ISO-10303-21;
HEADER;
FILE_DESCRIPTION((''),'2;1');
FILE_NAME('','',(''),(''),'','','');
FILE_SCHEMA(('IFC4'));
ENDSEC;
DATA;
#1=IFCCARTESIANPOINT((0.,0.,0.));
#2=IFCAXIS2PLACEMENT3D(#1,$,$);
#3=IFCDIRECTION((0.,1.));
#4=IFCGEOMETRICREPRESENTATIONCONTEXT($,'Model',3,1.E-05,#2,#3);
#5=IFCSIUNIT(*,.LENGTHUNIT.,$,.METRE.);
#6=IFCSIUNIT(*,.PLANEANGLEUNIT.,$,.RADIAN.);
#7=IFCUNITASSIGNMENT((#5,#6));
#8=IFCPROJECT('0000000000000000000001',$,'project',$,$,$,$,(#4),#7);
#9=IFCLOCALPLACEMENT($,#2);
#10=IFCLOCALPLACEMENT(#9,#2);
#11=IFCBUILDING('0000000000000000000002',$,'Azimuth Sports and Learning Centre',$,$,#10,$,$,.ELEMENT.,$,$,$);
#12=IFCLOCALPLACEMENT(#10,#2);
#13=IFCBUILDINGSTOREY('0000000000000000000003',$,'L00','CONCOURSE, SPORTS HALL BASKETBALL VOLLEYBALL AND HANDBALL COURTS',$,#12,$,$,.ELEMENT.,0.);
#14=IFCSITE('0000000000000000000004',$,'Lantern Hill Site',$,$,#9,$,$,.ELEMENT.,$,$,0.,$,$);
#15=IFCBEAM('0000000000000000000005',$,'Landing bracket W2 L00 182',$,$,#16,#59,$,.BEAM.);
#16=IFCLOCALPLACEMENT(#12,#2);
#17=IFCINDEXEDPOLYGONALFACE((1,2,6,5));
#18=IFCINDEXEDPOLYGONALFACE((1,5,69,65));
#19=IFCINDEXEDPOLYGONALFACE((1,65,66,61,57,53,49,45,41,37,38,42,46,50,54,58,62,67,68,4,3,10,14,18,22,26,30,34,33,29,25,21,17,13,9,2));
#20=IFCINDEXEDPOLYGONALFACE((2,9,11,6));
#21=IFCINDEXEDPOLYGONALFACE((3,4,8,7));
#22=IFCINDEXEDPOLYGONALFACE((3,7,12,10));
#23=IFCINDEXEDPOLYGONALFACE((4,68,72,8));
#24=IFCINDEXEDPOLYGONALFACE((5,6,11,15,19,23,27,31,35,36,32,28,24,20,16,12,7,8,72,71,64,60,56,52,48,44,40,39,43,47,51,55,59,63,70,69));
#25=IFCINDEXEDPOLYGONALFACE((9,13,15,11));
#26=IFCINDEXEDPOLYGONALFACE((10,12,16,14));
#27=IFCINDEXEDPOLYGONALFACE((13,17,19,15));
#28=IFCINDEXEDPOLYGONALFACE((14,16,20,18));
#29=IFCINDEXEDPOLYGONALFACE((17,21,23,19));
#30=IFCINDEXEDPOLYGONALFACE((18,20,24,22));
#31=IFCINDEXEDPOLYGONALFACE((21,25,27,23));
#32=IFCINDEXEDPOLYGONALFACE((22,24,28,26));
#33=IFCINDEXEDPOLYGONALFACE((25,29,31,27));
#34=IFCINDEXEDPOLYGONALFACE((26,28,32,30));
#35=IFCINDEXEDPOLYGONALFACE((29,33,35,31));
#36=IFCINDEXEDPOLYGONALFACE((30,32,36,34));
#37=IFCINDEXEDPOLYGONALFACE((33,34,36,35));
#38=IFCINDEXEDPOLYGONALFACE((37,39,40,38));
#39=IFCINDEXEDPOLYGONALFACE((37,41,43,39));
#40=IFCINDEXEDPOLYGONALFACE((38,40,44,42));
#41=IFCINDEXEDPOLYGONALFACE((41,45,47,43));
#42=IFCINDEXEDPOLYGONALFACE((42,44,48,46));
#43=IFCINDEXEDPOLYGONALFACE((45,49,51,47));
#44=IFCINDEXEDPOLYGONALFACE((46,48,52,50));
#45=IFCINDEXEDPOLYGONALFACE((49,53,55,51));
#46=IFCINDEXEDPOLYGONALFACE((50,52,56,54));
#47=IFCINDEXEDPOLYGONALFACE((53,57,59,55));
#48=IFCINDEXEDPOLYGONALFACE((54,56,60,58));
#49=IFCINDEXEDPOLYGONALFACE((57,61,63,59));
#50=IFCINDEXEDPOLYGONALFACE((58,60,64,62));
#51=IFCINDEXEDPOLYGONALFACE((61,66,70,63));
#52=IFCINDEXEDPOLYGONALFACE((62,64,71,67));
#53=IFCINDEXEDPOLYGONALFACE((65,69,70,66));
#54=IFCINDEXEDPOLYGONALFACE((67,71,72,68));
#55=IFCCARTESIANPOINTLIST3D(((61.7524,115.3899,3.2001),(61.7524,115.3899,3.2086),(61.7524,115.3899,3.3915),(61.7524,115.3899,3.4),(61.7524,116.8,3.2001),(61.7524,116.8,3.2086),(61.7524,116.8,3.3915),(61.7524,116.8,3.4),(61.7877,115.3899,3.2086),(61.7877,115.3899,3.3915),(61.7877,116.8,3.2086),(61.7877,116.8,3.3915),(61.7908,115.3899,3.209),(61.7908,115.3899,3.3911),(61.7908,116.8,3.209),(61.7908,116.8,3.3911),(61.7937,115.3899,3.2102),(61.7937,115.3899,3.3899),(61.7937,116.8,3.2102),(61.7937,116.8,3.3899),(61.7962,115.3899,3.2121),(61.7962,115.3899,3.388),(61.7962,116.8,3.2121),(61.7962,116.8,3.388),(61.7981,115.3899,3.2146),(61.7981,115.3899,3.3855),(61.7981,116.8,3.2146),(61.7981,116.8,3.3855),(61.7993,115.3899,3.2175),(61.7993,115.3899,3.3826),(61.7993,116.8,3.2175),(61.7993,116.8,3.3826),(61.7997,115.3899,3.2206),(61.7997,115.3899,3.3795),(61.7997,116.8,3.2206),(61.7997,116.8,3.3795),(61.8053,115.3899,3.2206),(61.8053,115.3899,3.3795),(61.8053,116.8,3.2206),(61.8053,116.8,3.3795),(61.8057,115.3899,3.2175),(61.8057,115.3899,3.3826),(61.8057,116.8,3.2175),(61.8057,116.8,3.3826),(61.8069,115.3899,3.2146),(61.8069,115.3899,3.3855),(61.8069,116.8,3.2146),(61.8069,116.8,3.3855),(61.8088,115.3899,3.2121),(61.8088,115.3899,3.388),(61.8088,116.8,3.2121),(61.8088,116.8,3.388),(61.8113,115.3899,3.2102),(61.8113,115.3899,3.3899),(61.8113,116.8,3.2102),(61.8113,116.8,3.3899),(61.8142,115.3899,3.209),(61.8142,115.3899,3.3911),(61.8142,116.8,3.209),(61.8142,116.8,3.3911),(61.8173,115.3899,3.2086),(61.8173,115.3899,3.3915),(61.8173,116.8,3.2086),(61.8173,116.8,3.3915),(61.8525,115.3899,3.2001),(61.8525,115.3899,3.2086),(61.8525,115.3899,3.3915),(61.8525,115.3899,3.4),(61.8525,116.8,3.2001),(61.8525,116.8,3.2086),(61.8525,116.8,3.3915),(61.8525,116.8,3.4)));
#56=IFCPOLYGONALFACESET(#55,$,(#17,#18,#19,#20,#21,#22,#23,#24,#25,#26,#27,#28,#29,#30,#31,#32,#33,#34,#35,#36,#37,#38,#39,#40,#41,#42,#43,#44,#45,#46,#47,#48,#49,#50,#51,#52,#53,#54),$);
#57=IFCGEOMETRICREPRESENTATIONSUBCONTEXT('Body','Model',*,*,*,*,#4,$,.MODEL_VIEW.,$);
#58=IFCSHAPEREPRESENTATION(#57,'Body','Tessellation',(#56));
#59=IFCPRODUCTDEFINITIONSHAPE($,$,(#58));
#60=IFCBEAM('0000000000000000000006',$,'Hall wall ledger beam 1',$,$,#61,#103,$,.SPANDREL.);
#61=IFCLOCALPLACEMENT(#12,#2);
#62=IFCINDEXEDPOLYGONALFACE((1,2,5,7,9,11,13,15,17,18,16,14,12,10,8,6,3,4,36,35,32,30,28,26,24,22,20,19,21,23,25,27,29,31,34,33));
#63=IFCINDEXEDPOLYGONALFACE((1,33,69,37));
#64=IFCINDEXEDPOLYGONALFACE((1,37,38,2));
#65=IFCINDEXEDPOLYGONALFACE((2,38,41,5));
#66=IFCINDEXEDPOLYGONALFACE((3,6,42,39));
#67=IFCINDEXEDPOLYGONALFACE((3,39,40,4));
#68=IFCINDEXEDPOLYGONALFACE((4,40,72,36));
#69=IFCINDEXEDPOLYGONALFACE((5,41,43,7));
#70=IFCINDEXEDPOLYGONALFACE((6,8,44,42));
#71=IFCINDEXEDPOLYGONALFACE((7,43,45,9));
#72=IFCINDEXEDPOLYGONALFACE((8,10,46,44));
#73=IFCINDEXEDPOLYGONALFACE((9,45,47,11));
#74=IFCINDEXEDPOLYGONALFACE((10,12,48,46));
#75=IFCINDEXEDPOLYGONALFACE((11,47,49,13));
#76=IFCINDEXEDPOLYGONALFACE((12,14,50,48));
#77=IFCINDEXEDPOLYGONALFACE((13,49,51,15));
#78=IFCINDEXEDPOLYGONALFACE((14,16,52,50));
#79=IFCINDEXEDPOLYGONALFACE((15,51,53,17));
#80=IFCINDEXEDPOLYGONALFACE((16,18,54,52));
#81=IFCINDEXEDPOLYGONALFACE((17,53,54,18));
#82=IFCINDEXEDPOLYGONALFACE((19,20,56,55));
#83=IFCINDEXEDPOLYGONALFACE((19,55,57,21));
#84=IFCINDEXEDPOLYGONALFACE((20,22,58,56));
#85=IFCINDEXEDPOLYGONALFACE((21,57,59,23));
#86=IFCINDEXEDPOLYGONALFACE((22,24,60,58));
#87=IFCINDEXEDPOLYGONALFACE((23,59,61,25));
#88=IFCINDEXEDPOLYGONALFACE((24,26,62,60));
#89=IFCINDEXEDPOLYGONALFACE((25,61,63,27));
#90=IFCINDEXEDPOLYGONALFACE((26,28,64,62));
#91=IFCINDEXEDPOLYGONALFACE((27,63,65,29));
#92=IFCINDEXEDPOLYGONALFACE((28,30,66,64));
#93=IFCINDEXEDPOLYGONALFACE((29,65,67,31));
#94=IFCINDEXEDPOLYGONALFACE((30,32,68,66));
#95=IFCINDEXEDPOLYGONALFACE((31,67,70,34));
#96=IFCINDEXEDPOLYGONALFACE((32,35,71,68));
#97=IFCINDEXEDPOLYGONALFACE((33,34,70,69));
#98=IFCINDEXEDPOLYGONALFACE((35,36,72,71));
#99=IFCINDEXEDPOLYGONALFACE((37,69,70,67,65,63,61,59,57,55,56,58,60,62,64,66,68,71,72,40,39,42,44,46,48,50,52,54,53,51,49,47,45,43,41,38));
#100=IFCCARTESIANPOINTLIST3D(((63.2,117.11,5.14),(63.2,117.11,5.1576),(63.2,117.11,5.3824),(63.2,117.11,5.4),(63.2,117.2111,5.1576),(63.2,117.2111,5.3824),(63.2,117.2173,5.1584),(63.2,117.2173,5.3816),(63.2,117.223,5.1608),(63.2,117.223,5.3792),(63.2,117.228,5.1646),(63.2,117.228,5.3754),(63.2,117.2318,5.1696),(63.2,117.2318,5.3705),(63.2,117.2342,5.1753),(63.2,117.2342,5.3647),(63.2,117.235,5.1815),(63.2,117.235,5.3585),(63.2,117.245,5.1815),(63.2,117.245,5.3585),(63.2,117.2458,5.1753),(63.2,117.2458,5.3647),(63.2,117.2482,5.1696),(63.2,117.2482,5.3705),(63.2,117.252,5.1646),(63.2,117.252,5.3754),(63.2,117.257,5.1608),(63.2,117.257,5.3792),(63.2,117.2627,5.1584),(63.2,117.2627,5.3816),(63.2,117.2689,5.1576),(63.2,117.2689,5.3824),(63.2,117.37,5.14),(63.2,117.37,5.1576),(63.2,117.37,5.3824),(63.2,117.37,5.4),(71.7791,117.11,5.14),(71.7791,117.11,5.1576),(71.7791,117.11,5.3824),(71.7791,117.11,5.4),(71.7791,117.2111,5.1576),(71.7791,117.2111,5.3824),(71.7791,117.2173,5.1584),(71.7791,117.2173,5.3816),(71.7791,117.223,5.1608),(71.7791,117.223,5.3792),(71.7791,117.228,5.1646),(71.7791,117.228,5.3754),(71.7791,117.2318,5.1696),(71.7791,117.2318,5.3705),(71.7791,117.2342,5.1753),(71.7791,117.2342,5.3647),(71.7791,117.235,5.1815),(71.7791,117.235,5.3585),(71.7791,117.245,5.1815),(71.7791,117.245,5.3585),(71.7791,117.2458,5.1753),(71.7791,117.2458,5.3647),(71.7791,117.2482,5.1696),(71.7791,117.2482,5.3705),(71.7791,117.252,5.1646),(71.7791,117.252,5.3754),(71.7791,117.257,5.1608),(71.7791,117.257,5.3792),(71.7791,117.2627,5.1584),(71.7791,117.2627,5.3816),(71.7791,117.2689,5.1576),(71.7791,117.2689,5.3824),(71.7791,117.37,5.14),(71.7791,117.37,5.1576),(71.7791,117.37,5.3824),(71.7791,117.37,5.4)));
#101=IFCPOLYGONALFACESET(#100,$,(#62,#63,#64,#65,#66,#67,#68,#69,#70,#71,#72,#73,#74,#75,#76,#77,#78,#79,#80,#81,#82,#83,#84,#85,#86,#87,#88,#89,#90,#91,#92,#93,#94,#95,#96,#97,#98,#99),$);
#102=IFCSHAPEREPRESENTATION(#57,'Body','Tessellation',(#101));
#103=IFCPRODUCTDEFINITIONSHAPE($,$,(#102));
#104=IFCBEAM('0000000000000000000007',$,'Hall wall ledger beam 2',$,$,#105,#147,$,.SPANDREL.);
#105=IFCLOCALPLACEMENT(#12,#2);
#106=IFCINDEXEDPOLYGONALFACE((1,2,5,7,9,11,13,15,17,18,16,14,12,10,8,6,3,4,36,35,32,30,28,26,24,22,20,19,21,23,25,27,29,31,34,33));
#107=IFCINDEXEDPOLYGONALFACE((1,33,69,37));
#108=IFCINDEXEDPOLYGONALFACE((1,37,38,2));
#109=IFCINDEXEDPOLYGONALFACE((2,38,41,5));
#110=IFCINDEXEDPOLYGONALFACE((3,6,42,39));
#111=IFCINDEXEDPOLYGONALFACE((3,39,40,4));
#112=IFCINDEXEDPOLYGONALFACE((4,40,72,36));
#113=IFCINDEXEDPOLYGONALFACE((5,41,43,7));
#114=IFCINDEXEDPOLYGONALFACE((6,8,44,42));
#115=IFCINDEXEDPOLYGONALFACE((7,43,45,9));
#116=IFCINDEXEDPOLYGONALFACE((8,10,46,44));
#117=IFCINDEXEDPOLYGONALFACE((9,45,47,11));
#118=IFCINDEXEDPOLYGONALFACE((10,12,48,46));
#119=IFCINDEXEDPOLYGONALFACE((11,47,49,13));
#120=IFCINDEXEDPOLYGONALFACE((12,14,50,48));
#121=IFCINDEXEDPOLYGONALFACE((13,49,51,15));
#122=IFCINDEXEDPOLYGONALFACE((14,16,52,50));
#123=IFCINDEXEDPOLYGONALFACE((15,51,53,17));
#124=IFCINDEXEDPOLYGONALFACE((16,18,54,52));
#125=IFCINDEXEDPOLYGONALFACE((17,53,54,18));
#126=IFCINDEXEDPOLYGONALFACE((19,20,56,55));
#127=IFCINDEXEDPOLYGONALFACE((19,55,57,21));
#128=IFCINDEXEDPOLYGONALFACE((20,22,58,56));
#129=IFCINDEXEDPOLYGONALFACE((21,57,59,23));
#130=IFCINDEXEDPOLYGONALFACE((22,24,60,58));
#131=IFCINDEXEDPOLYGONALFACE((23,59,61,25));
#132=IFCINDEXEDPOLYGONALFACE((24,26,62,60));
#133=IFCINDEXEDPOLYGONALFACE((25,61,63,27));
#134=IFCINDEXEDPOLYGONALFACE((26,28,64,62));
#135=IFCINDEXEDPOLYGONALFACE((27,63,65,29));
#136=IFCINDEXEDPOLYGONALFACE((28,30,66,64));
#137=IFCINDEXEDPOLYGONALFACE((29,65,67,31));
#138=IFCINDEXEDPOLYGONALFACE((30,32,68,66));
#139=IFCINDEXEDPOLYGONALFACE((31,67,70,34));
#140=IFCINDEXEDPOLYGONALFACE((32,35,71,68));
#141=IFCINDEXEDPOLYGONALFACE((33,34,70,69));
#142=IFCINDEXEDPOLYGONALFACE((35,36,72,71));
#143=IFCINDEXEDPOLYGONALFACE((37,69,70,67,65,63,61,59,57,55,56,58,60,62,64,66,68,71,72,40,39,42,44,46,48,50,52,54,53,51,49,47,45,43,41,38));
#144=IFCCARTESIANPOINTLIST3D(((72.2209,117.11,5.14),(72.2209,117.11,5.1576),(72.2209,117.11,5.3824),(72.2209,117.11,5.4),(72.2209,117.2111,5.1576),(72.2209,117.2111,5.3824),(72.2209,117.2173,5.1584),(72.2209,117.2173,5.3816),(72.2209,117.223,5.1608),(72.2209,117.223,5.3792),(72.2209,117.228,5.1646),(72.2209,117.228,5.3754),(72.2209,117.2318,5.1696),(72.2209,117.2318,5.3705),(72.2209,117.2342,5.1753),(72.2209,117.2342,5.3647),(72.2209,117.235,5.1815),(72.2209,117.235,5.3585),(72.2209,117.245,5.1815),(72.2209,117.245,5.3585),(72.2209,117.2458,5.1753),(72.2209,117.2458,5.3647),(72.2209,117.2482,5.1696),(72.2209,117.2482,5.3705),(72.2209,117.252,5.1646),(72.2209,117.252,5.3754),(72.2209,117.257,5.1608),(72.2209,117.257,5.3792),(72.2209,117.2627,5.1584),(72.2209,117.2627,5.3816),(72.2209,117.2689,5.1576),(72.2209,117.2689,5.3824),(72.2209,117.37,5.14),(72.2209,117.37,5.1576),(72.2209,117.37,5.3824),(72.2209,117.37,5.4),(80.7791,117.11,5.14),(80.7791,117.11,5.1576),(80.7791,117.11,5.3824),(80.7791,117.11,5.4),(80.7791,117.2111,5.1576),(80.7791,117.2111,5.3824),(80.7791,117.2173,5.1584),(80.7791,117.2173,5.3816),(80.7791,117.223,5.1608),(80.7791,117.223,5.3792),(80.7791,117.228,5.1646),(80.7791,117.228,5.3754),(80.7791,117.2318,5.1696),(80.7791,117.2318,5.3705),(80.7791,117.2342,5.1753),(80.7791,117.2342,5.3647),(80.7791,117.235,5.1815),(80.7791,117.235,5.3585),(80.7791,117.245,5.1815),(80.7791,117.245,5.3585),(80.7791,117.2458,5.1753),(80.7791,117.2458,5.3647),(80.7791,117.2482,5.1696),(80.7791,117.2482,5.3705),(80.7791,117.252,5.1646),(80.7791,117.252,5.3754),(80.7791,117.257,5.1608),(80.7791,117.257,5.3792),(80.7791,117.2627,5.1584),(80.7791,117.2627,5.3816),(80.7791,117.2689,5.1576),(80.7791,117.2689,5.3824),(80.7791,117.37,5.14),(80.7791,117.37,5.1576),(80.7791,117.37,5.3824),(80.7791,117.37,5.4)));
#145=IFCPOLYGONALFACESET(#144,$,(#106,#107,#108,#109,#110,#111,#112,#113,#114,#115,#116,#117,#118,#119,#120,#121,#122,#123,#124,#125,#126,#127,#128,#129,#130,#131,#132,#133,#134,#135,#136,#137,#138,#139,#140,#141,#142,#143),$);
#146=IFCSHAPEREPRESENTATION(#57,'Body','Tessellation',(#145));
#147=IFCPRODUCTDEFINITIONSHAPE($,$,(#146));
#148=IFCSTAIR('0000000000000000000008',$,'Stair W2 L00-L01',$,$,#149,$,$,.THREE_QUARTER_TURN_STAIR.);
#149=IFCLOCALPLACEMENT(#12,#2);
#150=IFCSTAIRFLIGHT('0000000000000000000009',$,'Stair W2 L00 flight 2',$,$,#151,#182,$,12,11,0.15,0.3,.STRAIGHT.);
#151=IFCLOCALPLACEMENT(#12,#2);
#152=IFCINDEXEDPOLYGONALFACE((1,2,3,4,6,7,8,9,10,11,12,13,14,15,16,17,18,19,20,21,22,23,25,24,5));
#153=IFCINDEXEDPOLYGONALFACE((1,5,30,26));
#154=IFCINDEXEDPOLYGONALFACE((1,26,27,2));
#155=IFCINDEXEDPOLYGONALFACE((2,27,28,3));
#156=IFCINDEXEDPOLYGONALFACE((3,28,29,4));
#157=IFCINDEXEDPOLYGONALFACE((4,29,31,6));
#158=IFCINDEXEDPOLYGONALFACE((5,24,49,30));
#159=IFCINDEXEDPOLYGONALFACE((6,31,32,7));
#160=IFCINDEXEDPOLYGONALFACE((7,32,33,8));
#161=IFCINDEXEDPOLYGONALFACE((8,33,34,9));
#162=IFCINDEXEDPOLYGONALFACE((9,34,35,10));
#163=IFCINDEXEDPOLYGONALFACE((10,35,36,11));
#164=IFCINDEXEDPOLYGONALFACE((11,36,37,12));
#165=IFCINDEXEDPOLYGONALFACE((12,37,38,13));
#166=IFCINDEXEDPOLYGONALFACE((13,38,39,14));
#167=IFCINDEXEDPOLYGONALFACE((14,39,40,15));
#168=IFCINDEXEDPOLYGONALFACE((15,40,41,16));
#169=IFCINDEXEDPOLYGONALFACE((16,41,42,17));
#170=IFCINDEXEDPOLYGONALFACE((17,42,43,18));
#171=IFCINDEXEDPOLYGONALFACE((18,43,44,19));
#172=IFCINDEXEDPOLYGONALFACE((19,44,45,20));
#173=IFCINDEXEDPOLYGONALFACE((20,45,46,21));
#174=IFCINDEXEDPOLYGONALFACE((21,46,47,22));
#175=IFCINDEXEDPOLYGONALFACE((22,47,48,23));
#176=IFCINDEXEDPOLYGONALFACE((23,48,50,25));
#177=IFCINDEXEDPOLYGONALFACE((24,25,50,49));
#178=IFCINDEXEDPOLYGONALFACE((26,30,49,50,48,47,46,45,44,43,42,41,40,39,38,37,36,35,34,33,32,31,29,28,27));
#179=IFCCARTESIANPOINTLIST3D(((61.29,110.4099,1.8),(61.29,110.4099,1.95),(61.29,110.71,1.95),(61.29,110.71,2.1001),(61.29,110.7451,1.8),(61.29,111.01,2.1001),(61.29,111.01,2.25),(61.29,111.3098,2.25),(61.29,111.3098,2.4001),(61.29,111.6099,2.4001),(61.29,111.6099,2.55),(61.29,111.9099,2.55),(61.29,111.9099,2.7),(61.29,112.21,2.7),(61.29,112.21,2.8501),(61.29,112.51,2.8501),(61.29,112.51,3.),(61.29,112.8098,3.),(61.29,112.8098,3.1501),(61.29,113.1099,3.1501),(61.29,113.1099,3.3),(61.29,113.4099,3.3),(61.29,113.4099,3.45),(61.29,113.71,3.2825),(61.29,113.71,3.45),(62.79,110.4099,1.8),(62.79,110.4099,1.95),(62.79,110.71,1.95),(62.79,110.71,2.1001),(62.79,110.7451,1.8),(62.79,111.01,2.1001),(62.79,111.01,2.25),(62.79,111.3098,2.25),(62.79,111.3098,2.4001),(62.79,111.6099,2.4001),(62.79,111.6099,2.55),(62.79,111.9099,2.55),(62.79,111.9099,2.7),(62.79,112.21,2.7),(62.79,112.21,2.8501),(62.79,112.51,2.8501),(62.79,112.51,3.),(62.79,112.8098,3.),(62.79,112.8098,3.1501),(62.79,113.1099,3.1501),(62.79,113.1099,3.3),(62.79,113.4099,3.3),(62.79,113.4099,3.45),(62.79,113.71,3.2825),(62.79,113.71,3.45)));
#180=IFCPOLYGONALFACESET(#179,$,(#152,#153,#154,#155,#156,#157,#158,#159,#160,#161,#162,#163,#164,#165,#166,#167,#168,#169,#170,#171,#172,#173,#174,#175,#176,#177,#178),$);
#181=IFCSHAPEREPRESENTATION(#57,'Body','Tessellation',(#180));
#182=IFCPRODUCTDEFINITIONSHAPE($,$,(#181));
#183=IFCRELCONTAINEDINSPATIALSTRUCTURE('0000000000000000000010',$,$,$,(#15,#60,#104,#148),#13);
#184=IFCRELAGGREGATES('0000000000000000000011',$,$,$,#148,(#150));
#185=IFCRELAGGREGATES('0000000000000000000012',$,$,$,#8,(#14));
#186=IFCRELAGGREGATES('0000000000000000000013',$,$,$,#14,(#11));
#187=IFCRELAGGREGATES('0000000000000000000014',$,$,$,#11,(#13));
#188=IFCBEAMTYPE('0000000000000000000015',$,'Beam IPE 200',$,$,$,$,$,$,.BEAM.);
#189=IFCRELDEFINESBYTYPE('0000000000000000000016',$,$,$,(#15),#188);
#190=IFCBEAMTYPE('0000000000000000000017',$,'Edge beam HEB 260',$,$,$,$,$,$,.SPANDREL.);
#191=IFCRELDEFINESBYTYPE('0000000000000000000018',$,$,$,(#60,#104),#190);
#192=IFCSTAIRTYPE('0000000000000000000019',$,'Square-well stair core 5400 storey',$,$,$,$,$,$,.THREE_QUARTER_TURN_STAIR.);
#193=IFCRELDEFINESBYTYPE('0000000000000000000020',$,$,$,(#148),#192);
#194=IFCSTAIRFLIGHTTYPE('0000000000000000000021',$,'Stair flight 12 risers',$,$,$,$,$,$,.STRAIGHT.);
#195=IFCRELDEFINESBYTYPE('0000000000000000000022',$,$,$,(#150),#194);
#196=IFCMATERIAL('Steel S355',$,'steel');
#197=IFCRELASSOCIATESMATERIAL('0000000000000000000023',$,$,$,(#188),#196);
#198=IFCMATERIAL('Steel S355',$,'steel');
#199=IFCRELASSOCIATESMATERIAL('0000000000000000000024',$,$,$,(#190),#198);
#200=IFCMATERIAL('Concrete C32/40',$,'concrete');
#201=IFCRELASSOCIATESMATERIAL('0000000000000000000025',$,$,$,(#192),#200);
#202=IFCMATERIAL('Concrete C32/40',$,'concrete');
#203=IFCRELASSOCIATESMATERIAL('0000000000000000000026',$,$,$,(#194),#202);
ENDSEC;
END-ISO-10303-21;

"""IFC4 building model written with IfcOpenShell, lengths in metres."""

from ifc_helpers import new_model, si_unit, direction, frame, origin, origin_2d, place, context, subcontext, project, spatial, polyline, i_section, outline, extrude, material, material_profile, profile_set, type_object, element, aggregate, save


model = new_model("IFC4")

# Units and contexts
model_context = context("Model", 3, precision=1e-05, world=origin(), true_north=direction((0.0, 1.0)))
body_context = subcontext(model_context, "Body", "Model", "MODEL_VIEW")
ifc_project = project(units=[si_unit("LENGTHUNIT", "METRE"), si_unit("PLANEANGLEUNIT", "RADIAN")], contexts=[model_context])

# Site, building, storey
site_placement = place(None, origin())
site = spatial("IfcSite", under=ifc_project, at=site_placement, Name="Lantern Hill Site", CompositionType="ELEMENT", RefElevation=0.0)
building_placement = place(site_placement, origin())
building = spatial("IfcBuilding", under=site, at=building_placement, Name="Azimuth Sports and Learning Centre", CompositionType="ELEMENT")
storey_placement = place(building_placement, origin())
storey = spatial("IfcBuildingStorey", under=building, at=storey_placement, Name="L00", Description="CONCOURSE, SPORTS HALL BASKETBALL VOLLEYBALL AND HANDBALL COURTS", CompositionType="ELEMENT", Elevation=0.0)

# Beams
ifc_material_1 = material(Name="Steel S355", Category="steel")
ifc_material_profile_1 = material_profile(ifc_material_1, i_section(OverallWidth=0.1001, OverallDepth=0.2, WebThickness=0.0056, FlangeThickness=0.0085, FilletRadius=0.012, at=origin_2d()), Name="IPE 200")
ifc_profile_set_1 = profile_set([ifc_material_profile_1], Name="Steel S355")
beam_type_1 = type_object("IfcBeamType", Name="Beam IPE 200", PredefinedType="BEAM", material=ifc_profile_set_1)
for number, where, z_axis, x_axis, name in (
    (1, (61.8025, 116.8, 3.3), (0.0, -1.0, 0.0), (1.0, 0.0, 0.0), "Landing bracket W2 L00 182"),
):
    element("IfcBeam", number, at=place(storey_placement, frame(where, z_axis=z_axis, x_axis=x_axis)), inside=storey, type_object=beam_type_1, Name=name, PredefinedType="BEAM", context=body_context, shape_type="SweptSolid", body=[
        extrude(i_section(OverallWidth=0.1001, OverallDepth=0.2, WebThickness=0.0056, FlangeThickness=0.0085, FilletRadius=0.012, at=origin_2d()), origin(), (0.0, 0.0, 1.0), 1.4102),
    ])
ifc_material_2 = material(Name="Steel S355", Category="steel")
ifc_material_profile_2 = material_profile(ifc_material_2, i_section(OverallWidth=0.26, OverallDepth=0.26, WebThickness=0.01, FlangeThickness=0.0176, FilletRadius=0.0239, at=origin_2d()), Name="HEB 260")
ifc_profile_set_2 = profile_set([ifc_material_profile_2], Name="Steel S355")
beam_type_2 = type_object("IfcBeamType", Name="Edge beam HEB 260", PredefinedType="SPANDREL", material=ifc_profile_set_2)
beam_1_placement = place(storey_placement, frame((63.2, 117.24, 5.27), z_axis=(1.0, 0.0, 0.0), x_axis=(0.0, 1.0, 0.0)))
element("IfcBeam", 2, at=beam_1_placement, inside=storey, type_object=beam_type_2, Name="Hall wall ledger beam 1", PredefinedType="SPANDREL", context=body_context, shape_type="SweptSolid", body=[
    extrude(i_section(OverallWidth=0.26, OverallDepth=0.26, WebThickness=0.01, FlangeThickness=0.0176, FilletRadius=0.0239, at=origin_2d()), origin(), (0.0, 0.0, 1.0), 8.5791),
])
beam_2_placement = place(storey_placement, frame((72.2209, 117.24, 5.27), z_axis=(1.0, 0.0, 0.0), x_axis=(0.0, 1.0, 0.0)))
element("IfcBeam", 3, at=beam_2_placement, inside=storey, type_object=beam_type_2, Name="Hall wall ledger beam 2", PredefinedType="SPANDREL", context=body_context, shape_type="SweptSolid", body=[
    extrude(i_section(OverallWidth=0.26, OverallDepth=0.26, WebThickness=0.01, FlangeThickness=0.0176, FilletRadius=0.0239, at=origin_2d()), origin(), (0.0, 0.0, 1.0), 8.5581),
])

# Stair, stair flight
ifc_material_3 = material(Name="Concrete C32/40", Category="concrete")
stair_type = type_object("IfcStairType", Name="Square-well stair core 5400 storey", PredefinedType="THREE_QUARTER_TURN_STAIR", material=ifc_material_3)
stair_placement = place(storey_placement, origin())
stair = element("IfcStair", 4, at=stair_placement, inside=storey, type_object=stair_type, Name="Stair W2 L00-L01", PredefinedType="THREE_QUARTER_TURN_STAIR")
ifc_material_4 = material(Name="Concrete C32/40", Category="concrete")
stair_flight_type = type_object("IfcStairFlightType", Name="Stair flight 12 risers", PredefinedType="STRAIGHT", material=ifc_material_4)
stair_flight_1_placement = place(storey_placement, frame((62.04, 110.4099, 1.8), z_axis=(0.0, 0.0, 1.0), x_axis=(0.0, 1.0, 0.0)))
stair_flight_1 = element("IfcStairFlight", 5, at=stair_flight_1_placement, type_object=stair_flight_type, Name="Stair W2 L00 flight 2", NumberOfRisers=12, NumberOfTreads=11, PredefinedType="STRAIGHT", RiserHeight=0.15, TreadLength=0.3, context=body_context, shape_type="SweptSolid", body=[
    extrude(outline(polyline([(0.0, 0.0), (0.0, 0.1499), (0.3, 0.1499), (0.3, 0.3), (0.6001, 0.3), (0.6001, 0.45), (0.8999, 0.45), (0.8999, 0.6001), (1.2, 0.6001), (1.2, 0.75), (1.5, 0.75), (1.5, 0.8999), (1.8, 0.8999), (1.8, 1.05), (2.1001, 1.05), (2.1001, 1.2), (2.3999, 1.2), (2.3999, 1.3501), (2.7, 1.3501), (2.7, 1.5), (3.0, 1.5), (3.0, 1.6499), (3.3, 1.6499), (3.3, 1.8), (3.3, 1.4824), (0.3352, 0.0), (0.0, 0.0)])), frame((0.0, 0.75, 0.0), z_axis=(0.0, -1.0, 0.0), x_axis=(1.0, 0.0, 0.0)), (0.0, 0.0, 1.0), 1.5),
])
aggregate(stair, [stair_flight_1])

save(model, "model.ifc")
